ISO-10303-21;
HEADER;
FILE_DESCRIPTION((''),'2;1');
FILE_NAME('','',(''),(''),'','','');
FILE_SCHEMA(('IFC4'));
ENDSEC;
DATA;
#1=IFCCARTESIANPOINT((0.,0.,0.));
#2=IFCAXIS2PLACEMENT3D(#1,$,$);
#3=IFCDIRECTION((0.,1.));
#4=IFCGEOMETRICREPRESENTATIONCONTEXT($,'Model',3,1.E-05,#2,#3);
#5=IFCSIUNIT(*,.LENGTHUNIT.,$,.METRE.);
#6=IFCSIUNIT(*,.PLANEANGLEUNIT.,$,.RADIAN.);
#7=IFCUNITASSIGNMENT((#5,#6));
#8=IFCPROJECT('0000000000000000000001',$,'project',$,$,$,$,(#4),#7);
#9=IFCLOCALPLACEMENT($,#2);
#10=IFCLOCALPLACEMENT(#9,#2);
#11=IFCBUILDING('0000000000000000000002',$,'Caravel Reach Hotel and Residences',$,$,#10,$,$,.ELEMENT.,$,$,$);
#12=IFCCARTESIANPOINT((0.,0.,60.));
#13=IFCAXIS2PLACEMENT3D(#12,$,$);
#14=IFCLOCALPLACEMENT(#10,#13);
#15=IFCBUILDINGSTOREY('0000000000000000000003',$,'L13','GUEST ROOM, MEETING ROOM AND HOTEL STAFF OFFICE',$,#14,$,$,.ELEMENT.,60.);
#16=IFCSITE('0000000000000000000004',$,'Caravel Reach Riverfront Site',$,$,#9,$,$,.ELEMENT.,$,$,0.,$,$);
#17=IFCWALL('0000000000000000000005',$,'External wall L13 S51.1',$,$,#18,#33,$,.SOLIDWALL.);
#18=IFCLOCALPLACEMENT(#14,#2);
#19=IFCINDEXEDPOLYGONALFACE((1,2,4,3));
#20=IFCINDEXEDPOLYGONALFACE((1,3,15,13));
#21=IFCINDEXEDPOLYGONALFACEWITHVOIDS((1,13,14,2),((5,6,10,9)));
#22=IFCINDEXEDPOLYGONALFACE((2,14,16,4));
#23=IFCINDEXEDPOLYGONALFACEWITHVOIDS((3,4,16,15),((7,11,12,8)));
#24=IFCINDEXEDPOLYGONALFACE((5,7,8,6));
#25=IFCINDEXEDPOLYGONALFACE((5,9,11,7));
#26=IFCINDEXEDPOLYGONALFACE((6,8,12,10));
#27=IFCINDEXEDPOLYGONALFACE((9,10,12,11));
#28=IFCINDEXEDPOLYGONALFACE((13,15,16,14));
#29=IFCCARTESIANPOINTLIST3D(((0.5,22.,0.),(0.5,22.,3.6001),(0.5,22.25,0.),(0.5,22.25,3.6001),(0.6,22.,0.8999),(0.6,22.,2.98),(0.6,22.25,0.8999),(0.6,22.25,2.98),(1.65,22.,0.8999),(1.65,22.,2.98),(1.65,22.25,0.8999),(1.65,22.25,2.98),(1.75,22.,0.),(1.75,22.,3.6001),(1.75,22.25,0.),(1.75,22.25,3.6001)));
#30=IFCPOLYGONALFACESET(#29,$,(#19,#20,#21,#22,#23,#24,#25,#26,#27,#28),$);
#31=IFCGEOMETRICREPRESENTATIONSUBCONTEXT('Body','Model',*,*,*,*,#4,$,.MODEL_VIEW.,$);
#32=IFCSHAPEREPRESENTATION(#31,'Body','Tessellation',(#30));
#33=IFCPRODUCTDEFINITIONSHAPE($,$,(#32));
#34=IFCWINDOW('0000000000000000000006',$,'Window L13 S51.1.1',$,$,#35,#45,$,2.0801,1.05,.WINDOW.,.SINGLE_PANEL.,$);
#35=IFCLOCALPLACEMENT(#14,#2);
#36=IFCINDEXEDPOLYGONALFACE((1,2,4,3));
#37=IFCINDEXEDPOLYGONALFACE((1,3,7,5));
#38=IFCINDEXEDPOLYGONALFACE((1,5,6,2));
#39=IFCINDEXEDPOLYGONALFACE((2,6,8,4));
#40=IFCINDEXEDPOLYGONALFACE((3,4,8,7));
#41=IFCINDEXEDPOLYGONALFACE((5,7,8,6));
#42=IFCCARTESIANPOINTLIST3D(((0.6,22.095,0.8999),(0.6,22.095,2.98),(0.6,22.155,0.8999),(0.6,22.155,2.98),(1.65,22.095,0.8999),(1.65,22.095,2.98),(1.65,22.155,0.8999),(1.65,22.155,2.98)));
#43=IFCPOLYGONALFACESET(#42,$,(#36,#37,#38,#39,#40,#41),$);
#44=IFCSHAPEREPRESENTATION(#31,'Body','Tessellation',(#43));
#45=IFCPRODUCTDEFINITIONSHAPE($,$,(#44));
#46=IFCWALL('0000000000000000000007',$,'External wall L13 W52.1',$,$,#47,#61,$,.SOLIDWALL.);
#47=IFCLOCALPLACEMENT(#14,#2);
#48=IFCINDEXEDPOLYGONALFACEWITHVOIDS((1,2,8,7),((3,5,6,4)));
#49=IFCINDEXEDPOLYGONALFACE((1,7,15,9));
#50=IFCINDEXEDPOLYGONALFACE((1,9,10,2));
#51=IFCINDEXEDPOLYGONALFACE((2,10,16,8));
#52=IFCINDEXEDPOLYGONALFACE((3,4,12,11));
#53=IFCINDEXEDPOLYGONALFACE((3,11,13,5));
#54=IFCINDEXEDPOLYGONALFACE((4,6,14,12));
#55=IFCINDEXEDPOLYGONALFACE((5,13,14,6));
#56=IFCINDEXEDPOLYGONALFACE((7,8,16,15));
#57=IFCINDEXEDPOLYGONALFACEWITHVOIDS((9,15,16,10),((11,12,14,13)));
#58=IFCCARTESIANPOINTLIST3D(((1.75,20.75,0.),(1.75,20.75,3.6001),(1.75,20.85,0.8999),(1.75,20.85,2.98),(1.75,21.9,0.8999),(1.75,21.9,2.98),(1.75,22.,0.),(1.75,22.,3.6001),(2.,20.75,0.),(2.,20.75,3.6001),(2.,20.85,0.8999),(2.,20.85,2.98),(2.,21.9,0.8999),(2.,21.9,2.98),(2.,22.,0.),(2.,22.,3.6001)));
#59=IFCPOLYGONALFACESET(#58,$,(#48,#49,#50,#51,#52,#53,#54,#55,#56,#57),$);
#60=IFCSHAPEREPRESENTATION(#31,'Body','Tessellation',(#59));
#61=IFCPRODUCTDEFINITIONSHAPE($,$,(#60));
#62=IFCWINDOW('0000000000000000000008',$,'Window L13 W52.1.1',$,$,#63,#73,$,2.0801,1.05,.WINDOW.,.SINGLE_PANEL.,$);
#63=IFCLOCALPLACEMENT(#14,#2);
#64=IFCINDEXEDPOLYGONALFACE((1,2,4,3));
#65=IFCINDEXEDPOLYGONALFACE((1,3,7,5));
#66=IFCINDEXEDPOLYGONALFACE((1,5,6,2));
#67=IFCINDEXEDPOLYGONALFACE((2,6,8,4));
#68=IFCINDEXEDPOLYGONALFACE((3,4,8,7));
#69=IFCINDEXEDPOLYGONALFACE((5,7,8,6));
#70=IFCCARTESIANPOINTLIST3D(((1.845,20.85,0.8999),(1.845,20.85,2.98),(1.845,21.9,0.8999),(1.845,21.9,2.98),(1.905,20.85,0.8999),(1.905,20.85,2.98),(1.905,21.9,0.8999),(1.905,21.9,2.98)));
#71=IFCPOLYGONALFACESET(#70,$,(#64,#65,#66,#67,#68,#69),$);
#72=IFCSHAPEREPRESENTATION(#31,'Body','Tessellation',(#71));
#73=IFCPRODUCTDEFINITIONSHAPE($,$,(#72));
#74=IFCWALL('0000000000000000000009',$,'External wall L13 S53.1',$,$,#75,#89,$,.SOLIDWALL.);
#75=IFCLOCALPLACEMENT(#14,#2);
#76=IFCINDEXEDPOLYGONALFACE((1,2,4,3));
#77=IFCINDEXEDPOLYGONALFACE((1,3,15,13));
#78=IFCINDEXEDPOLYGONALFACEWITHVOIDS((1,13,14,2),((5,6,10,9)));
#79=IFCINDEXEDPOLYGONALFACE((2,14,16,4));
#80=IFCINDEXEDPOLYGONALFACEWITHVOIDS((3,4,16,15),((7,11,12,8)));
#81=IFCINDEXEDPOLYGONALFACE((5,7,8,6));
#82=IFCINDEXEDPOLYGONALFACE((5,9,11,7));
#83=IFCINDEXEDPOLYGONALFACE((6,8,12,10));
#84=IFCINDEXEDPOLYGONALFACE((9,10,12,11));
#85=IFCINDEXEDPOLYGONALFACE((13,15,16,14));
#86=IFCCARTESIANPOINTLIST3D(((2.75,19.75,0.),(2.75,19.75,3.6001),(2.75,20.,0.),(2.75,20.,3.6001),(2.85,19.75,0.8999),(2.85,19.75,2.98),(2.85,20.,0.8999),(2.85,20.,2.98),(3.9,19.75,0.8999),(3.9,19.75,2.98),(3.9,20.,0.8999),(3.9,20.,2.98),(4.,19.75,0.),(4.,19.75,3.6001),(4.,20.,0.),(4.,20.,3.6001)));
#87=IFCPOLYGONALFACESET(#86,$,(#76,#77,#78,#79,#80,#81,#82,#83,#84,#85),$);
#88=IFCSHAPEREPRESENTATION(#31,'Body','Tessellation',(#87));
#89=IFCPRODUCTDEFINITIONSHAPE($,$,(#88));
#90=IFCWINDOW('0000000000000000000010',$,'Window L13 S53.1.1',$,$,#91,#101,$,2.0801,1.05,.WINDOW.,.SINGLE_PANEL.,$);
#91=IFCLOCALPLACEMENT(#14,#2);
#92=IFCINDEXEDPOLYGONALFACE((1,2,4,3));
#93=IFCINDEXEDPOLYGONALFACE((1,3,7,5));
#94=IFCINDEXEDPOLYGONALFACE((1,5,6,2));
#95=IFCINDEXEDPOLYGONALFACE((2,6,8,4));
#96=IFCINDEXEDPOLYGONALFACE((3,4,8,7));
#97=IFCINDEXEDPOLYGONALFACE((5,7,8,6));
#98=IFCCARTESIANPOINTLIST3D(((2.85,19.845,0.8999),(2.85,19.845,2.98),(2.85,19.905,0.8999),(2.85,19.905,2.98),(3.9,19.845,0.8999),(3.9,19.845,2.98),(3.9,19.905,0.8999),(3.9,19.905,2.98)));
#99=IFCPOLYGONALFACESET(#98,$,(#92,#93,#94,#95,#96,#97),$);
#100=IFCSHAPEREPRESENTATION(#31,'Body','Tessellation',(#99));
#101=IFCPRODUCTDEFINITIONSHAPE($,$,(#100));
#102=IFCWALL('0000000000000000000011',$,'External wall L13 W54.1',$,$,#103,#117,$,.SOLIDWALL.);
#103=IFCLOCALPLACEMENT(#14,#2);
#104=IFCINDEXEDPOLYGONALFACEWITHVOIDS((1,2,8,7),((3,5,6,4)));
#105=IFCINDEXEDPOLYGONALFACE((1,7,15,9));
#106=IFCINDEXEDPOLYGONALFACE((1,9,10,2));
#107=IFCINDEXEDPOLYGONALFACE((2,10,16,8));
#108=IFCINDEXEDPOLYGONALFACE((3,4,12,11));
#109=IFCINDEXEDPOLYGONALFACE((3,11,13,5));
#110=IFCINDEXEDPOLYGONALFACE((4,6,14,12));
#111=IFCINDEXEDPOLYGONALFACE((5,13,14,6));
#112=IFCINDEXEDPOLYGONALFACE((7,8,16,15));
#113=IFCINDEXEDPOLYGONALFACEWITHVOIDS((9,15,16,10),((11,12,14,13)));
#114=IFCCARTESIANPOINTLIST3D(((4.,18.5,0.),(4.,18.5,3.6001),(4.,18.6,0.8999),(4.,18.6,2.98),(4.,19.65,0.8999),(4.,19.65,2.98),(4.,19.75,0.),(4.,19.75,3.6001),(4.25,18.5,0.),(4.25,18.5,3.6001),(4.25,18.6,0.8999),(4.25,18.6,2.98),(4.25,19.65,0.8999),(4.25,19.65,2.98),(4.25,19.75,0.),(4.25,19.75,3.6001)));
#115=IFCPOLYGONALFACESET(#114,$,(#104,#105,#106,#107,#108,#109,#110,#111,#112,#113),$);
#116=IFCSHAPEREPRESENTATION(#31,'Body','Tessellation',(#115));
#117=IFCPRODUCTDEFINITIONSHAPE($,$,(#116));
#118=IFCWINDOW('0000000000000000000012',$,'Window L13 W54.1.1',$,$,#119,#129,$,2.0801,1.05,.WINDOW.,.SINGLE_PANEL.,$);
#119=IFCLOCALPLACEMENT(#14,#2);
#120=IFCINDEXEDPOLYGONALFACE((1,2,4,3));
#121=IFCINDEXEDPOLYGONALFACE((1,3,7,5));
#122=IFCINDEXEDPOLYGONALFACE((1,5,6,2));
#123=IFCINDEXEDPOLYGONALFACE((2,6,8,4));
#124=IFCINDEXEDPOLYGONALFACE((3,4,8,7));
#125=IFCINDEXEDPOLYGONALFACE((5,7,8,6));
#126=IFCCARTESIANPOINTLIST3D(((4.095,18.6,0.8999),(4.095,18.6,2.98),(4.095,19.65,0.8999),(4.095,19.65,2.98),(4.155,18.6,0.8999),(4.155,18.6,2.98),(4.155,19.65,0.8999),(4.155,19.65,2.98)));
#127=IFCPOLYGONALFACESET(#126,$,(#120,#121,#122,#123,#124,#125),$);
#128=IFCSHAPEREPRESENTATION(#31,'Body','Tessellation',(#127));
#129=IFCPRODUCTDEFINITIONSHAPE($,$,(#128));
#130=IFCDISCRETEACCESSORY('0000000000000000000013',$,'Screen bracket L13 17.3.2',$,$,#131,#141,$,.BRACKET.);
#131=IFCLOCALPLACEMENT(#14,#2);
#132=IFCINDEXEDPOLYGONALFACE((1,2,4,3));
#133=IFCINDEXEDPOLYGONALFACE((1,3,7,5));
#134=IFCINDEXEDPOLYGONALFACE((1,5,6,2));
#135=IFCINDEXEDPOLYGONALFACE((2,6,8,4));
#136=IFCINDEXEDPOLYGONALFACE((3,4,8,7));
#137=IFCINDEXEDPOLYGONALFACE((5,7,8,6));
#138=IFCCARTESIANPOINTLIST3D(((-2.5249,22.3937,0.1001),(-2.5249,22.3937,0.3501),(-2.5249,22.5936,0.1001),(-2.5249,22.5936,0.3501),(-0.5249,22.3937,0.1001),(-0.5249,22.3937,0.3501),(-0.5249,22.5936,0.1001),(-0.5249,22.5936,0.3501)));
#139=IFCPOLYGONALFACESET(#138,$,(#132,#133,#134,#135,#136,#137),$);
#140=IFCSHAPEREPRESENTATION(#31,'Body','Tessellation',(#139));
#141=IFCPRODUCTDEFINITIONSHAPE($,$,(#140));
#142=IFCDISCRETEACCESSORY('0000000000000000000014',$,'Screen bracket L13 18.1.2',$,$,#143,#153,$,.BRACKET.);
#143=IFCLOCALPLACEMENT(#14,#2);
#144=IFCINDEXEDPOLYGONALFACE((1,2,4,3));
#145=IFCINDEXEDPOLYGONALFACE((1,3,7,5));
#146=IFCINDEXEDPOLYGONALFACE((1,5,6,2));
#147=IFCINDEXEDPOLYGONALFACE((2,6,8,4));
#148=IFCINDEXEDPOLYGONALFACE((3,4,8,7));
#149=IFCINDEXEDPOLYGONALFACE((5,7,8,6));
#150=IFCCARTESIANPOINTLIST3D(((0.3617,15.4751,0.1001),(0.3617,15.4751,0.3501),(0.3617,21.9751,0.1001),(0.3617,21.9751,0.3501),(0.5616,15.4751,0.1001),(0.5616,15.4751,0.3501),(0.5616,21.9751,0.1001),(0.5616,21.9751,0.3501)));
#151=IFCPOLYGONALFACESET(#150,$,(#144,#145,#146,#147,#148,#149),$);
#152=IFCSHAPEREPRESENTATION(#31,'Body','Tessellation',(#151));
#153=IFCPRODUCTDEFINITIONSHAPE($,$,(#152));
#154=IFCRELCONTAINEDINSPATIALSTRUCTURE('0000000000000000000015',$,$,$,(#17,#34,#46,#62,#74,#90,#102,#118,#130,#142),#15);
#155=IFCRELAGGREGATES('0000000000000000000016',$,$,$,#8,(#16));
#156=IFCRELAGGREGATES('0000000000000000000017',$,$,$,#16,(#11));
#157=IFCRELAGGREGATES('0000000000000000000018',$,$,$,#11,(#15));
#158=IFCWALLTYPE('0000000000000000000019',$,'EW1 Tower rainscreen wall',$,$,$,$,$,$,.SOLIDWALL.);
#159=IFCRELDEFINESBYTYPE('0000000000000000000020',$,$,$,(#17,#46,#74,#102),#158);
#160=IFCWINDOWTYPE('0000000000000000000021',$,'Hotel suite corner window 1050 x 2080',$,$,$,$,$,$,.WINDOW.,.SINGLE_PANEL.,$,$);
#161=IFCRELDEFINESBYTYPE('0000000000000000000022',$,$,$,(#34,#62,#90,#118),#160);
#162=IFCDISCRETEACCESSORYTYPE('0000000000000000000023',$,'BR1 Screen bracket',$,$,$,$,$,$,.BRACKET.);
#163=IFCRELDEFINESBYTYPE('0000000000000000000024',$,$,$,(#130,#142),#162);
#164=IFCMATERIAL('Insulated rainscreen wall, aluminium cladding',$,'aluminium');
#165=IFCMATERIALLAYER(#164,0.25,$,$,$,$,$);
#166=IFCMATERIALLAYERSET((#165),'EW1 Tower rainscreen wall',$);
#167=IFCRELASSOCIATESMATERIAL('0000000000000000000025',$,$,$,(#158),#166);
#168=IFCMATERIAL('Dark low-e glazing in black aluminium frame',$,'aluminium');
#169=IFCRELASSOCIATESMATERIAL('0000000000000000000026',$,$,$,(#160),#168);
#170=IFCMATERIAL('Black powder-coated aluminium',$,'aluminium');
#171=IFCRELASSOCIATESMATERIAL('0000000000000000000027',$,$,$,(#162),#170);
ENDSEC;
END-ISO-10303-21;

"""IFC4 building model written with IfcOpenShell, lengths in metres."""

from ifc_helpers import new_model, si_unit, direction, frame, frame_2d, origin, origin_2d, place, context, subcontext, project, spatial, rectangle, extrude, material, layer, layer_set, type_object, element, fill, save


model = new_model("IFC4")

# Units and contexts
model_context = context("Model", 3, precision=1e-05, world=origin(), true_north=direction((0.0, 1.0)))
body_context = subcontext(model_context, "Body", "Model", "MODEL_VIEW")
ifc_project = project(units=[si_unit("LENGTHUNIT", "METRE"), si_unit("PLANEANGLEUNIT", "RADIAN")], contexts=[model_context])

# Site, building, storey
site_placement = place(None, origin())
site = spatial("IfcSite", under=ifc_project, at=site_placement, Name="Caravel Reach Riverfront Site", CompositionType="ELEMENT", RefElevation=0.0)
building_placement = place(site_placement, origin())
building = spatial("IfcBuilding", under=site, at=building_placement, Name="Caravel Reach Hotel and Residences", CompositionType="ELEMENT")
storey_placement = place(building_placement, frame((0.0, 0.0, 60.0)))
storey = spatial("IfcBuildingStorey", under=building, at=storey_placement, Name="L13", Description="GUEST ROOM, MEETING ROOM AND HOTEL STAFF OFFICE", CompositionType="ELEMENT", Elevation=60.0)

# Walls, openings, windows
ifc_material_1 = material(Name="Insulated rainscreen wall, aluminium cladding", Category="aluminium")
ifc_layer = layer(ifc_material_1, 0.25)
ifc_layer_set = layer_set([ifc_layer], Name="EW1 Tower rainscreen wall")
wall_type = type_object("IfcWallType", Name="EW1 Tower rainscreen wall", PredefinedType="SOLIDWALL", material=ifc_layer_set)
wall_1_placement = place(storey_placement, frame((0.5, 22.125, 0.0), z_axis=(0.0, 0.0, 1.0), x_axis=(1.0, 0.0, 0.0)))
wall_1 = element("IfcWall", 1, at=wall_1_placement, inside=storey, type_object=wall_type, Name="External wall L13 S51.1", PredefinedType="SOLIDWALL", context=body_context, shape_type="SweptSolid", body=[
    extrude(rectangle(XDim=1.25, YDim=0.25, at=frame_2d((0.625, 0.0))), origin(), (0.0, 0.0, 1.0), 3.6001),
])
opening_1_placement = place(wall_1_placement, frame((0.1001, 0.0, 0.8999)))
opening_1 = element("IfcOpeningElement", 2, at=opening_1_placement, cuts=wall_1, PredefinedType="OPENING", context=body_context, shape_type="SweptSolid", body=[
    extrude(rectangle(XDim=1.05, YDim=2.0801, at=frame_2d((0.5249, 1.04))), frame((0.0, 0.135, 0.0), z_axis=(0.0, -1.0, 0.0), x_axis=(1.0, 0.0, 0.0)), (0.0, 0.0, 1.0), 0.27),
])
ifc_material_2 = material(Name="Dark low-e glazing in black aluminium frame", Category="aluminium")
window_type = type_object("IfcWindowType", Name="Hotel suite corner window 1050 x 2080", PartitioningType="SINGLE_PANEL", PredefinedType="WINDOW", material=ifc_material_2)
window_1_placement = place(opening_1_placement, origin())
window_1 = element("IfcWindow", 3, at=window_1_placement, inside=storey, type_object=window_type, Name="Window L13 S51.1.1", OverallHeight=2.0801, OverallWidth=1.05, PartitioningType="SINGLE_PANEL", PredefinedType="WINDOW", context=body_context, shape_type="SweptSolid", body=[
    extrude(rectangle(XDim=1.05, YDim=2.0801, at=frame_2d((0.5249, 1.04))), frame((0.0, 0.03, 0.0), z_axis=(0.0, -1.0, 0.0), x_axis=(1.0, 0.0, 0.0)), (0.0, 0.0, 1.0), 0.0601),
])
fill(opening_1, window_1)
wall_2_placement = place(storey_placement, frame((1.875, 22.0, 0.0), z_axis=(0.0, 0.0, 1.0), x_axis=(0.0, -1.0, 0.0)))
wall_2 = element("IfcWall", 4, at=wall_2_placement, inside=storey, type_object=wall_type, Name="External wall L13 W52.1", PredefinedType="SOLIDWALL", context=body_context, shape_type="SweptSolid", body=[
    extrude(rectangle(XDim=1.25, YDim=0.25, at=frame_2d((0.625, 0.0))), origin(), (0.0, 0.0, 1.0), 3.6001),
])
opening_2_placement = place(wall_2_placement, frame((0.1001, 0.0, 0.8999)))
opening_2 = element("IfcOpeningElement", 5, at=opening_2_placement, cuts=wall_2, PredefinedType="OPENING", context=body_context, shape_type="SweptSolid", body=[
    extrude(rectangle(XDim=1.05, YDim=2.0801, at=frame_2d((0.5249, 1.04))), frame((0.0, 0.135, 0.0), z_axis=(0.0, -1.0, 0.0), x_axis=(1.0, 0.0, 0.0)), (0.0, 0.0, 1.0), 0.27),
])
window_2_placement = place(opening_2_placement, origin())
window_2 = element("IfcWindow", 6, at=window_2_placement, inside=storey, type_object=window_type, Name="Window L13 W52.1.1", OverallHeight=2.0801, OverallWidth=1.05, PartitioningType="SINGLE_PANEL", PredefinedType="WINDOW", context=body_context, shape_type="SweptSolid", body=[
    extrude(rectangle(XDim=1.05, YDim=2.0801, at=frame_2d((0.5249, 1.04))), frame((0.0, 0.03, 0.0), z_axis=(0.0, -1.0, 0.0), x_axis=(1.0, 0.0, 0.0)), (0.0, 0.0, 1.0), 0.0601),
])
fill(opening_2, window_2)
wall_3_placement = place(storey_placement, frame((2.75, 19.875, 0.0), z_axis=(0.0, 0.0, 1.0), x_axis=(1.0, 0.0, 0.0)))
wall_3 = element("IfcWall", 7, at=wall_3_placement, inside=storey, type_object=wall_type, Name="External wall L13 S53.1", PredefinedType="SOLIDWALL", context=body_context, shape_type="SweptSolid", body=[
    extrude(rectangle(XDim=1.25, YDim=0.25, at=frame_2d((0.625, 0.0))), origin(), (0.0, 0.0, 1.0), 3.6001),
])
opening_3_placement = place(wall_3_placement, frame((0.1001, 0.0, 0.8999)))
opening_3 = element("IfcOpeningElement", 8, at=opening_3_placement, cuts=wall_3, PredefinedType="OPENING", context=body_context, shape_type="SweptSolid", body=[
    extrude(rectangle(XDim=1.05, YDim=2.0801, at=frame_2d((0.5249, 1.04))), frame((0.0, 0.135, 0.0), z_axis=(0.0, -1.0, 0.0), x_axis=(1.0, 0.0, 0.0)), (0.0, 0.0, 1.0), 0.27),
])
window_3_placement = place(opening_3_placement, origin())
window_3 = element("IfcWindow", 9, at=window_3_placement, inside=storey, type_object=window_type, Name="Window L13 S53.1.1", OverallHeight=2.0801, OverallWidth=1.05, PartitioningType="SINGLE_PANEL", PredefinedType="WINDOW", context=body_context, shape_type="SweptSolid", body=[
    extrude(rectangle(XDim=1.05, YDim=2.0801, at=frame_2d((0.5249, 1.04))), frame((0.0, 0.03, 0.0), z_axis=(0.0, -1.0, 0.0), x_axis=(1.0, 0.0, 0.0)), (0.0, 0.0, 1.0), 0.0601),
])
fill(opening_3, window_3)
wall_4_placement = place(storey_placement, frame((4.125, 19.75, 0.0), z_axis=(0.0, 0.0, 1.0), x_axis=(0.0, -1.0, 0.0)))
wall_4 = element("IfcWall", 10, at=wall_4_placement, inside=storey, type_object=wall_type, Name="External wall L13 W54.1", PredefinedType="SOLIDWALL", context=body_context, shape_type="SweptSolid", body=[
    extrude(rectangle(XDim=1.25, YDim=0.25, at=frame_2d((0.625, 0.0))), origin(), (0.0, 0.0, 1.0), 3.6001),
])
opening_4_placement = place(wall_4_placement, frame((0.1001, 0.0, 0.8999)))
opening_4 = element("IfcOpeningElement", 11, at=opening_4_placement, cuts=wall_4, PredefinedType="OPENING", context=body_context, shape_type="SweptSolid", body=[
    extrude(rectangle(XDim=1.05, YDim=2.0801, at=frame_2d((0.5249, 1.04))), frame((0.0, 0.135, 0.0), z_axis=(0.0, -1.0, 0.0), x_axis=(1.0, 0.0, 0.0)), (0.0, 0.0, 1.0), 0.27),
])
window_4_placement = place(opening_4_placement, origin())
window_4 = element("IfcWindow", 12, at=window_4_placement, inside=storey, type_object=window_type, Name="Window L13 W54.1.1", OverallHeight=2.0801, OverallWidth=1.05, PartitioningType="SINGLE_PANEL", PredefinedType="WINDOW", context=body_context, shape_type="SweptSolid", body=[
    extrude(rectangle(XDim=1.05, YDim=2.0801, at=frame_2d((0.5249, 1.04))), frame((0.0, 0.03, 0.0), z_axis=(0.0, -1.0, 0.0), x_axis=(1.0, 0.0, 0.0)), (0.0, 0.0, 1.0), 0.0601),
])
fill(opening_4, window_4)

# Discrete accessories
ifc_material_3 = material(Name="Black powder-coated aluminium", Category="aluminium")
discrete_accessory_type = type_object("IfcDiscreteAccessoryType", Name="BR1 Screen bracket", PredefinedType="BRACKET", material=ifc_material_3)
discrete_accessory_1_placement = place(storey_placement, frame((-1.5249, 22.4937, 0.1001), z_axis=(0.0, 0.0, 1.0), x_axis=(-1.0, 0.0, 0.0)))
element("IfcDiscreteAccessory", 13, at=discrete_accessory_1_placement, inside=storey, type_object=discrete_accessory_type, Name="Screen bracket L13 17.3.2", PredefinedType="BRACKET", context=body_context, shape_type="SweptSolid", body=[
    extrude(rectangle(XDim=2.0, YDim=0.2, at=origin_2d()), origin(), (0.0, 0.0, 1.0), 0.25),
])
discrete_accessory_2_placement = place(storey_placement, frame((0.4617, 18.7251, 0.1001), z_axis=(0.0, 0.0, 1.0), x_axis=(0.0, -1.0, 0.0)))
element("IfcDiscreteAccessory", 14, at=discrete_accessory_2_placement, inside=storey, type_object=discrete_accessory_type, Name="Screen bracket L13 18.1.2", PredefinedType="BRACKET", context=body_context, shape_type="SweptSolid", body=[
    extrude(rectangle(XDim=6.5, YDim=0.2, at=origin_2d()), origin(), (0.0, 0.0, 1.0), 0.25),
])

save(model, "model.ifc")
